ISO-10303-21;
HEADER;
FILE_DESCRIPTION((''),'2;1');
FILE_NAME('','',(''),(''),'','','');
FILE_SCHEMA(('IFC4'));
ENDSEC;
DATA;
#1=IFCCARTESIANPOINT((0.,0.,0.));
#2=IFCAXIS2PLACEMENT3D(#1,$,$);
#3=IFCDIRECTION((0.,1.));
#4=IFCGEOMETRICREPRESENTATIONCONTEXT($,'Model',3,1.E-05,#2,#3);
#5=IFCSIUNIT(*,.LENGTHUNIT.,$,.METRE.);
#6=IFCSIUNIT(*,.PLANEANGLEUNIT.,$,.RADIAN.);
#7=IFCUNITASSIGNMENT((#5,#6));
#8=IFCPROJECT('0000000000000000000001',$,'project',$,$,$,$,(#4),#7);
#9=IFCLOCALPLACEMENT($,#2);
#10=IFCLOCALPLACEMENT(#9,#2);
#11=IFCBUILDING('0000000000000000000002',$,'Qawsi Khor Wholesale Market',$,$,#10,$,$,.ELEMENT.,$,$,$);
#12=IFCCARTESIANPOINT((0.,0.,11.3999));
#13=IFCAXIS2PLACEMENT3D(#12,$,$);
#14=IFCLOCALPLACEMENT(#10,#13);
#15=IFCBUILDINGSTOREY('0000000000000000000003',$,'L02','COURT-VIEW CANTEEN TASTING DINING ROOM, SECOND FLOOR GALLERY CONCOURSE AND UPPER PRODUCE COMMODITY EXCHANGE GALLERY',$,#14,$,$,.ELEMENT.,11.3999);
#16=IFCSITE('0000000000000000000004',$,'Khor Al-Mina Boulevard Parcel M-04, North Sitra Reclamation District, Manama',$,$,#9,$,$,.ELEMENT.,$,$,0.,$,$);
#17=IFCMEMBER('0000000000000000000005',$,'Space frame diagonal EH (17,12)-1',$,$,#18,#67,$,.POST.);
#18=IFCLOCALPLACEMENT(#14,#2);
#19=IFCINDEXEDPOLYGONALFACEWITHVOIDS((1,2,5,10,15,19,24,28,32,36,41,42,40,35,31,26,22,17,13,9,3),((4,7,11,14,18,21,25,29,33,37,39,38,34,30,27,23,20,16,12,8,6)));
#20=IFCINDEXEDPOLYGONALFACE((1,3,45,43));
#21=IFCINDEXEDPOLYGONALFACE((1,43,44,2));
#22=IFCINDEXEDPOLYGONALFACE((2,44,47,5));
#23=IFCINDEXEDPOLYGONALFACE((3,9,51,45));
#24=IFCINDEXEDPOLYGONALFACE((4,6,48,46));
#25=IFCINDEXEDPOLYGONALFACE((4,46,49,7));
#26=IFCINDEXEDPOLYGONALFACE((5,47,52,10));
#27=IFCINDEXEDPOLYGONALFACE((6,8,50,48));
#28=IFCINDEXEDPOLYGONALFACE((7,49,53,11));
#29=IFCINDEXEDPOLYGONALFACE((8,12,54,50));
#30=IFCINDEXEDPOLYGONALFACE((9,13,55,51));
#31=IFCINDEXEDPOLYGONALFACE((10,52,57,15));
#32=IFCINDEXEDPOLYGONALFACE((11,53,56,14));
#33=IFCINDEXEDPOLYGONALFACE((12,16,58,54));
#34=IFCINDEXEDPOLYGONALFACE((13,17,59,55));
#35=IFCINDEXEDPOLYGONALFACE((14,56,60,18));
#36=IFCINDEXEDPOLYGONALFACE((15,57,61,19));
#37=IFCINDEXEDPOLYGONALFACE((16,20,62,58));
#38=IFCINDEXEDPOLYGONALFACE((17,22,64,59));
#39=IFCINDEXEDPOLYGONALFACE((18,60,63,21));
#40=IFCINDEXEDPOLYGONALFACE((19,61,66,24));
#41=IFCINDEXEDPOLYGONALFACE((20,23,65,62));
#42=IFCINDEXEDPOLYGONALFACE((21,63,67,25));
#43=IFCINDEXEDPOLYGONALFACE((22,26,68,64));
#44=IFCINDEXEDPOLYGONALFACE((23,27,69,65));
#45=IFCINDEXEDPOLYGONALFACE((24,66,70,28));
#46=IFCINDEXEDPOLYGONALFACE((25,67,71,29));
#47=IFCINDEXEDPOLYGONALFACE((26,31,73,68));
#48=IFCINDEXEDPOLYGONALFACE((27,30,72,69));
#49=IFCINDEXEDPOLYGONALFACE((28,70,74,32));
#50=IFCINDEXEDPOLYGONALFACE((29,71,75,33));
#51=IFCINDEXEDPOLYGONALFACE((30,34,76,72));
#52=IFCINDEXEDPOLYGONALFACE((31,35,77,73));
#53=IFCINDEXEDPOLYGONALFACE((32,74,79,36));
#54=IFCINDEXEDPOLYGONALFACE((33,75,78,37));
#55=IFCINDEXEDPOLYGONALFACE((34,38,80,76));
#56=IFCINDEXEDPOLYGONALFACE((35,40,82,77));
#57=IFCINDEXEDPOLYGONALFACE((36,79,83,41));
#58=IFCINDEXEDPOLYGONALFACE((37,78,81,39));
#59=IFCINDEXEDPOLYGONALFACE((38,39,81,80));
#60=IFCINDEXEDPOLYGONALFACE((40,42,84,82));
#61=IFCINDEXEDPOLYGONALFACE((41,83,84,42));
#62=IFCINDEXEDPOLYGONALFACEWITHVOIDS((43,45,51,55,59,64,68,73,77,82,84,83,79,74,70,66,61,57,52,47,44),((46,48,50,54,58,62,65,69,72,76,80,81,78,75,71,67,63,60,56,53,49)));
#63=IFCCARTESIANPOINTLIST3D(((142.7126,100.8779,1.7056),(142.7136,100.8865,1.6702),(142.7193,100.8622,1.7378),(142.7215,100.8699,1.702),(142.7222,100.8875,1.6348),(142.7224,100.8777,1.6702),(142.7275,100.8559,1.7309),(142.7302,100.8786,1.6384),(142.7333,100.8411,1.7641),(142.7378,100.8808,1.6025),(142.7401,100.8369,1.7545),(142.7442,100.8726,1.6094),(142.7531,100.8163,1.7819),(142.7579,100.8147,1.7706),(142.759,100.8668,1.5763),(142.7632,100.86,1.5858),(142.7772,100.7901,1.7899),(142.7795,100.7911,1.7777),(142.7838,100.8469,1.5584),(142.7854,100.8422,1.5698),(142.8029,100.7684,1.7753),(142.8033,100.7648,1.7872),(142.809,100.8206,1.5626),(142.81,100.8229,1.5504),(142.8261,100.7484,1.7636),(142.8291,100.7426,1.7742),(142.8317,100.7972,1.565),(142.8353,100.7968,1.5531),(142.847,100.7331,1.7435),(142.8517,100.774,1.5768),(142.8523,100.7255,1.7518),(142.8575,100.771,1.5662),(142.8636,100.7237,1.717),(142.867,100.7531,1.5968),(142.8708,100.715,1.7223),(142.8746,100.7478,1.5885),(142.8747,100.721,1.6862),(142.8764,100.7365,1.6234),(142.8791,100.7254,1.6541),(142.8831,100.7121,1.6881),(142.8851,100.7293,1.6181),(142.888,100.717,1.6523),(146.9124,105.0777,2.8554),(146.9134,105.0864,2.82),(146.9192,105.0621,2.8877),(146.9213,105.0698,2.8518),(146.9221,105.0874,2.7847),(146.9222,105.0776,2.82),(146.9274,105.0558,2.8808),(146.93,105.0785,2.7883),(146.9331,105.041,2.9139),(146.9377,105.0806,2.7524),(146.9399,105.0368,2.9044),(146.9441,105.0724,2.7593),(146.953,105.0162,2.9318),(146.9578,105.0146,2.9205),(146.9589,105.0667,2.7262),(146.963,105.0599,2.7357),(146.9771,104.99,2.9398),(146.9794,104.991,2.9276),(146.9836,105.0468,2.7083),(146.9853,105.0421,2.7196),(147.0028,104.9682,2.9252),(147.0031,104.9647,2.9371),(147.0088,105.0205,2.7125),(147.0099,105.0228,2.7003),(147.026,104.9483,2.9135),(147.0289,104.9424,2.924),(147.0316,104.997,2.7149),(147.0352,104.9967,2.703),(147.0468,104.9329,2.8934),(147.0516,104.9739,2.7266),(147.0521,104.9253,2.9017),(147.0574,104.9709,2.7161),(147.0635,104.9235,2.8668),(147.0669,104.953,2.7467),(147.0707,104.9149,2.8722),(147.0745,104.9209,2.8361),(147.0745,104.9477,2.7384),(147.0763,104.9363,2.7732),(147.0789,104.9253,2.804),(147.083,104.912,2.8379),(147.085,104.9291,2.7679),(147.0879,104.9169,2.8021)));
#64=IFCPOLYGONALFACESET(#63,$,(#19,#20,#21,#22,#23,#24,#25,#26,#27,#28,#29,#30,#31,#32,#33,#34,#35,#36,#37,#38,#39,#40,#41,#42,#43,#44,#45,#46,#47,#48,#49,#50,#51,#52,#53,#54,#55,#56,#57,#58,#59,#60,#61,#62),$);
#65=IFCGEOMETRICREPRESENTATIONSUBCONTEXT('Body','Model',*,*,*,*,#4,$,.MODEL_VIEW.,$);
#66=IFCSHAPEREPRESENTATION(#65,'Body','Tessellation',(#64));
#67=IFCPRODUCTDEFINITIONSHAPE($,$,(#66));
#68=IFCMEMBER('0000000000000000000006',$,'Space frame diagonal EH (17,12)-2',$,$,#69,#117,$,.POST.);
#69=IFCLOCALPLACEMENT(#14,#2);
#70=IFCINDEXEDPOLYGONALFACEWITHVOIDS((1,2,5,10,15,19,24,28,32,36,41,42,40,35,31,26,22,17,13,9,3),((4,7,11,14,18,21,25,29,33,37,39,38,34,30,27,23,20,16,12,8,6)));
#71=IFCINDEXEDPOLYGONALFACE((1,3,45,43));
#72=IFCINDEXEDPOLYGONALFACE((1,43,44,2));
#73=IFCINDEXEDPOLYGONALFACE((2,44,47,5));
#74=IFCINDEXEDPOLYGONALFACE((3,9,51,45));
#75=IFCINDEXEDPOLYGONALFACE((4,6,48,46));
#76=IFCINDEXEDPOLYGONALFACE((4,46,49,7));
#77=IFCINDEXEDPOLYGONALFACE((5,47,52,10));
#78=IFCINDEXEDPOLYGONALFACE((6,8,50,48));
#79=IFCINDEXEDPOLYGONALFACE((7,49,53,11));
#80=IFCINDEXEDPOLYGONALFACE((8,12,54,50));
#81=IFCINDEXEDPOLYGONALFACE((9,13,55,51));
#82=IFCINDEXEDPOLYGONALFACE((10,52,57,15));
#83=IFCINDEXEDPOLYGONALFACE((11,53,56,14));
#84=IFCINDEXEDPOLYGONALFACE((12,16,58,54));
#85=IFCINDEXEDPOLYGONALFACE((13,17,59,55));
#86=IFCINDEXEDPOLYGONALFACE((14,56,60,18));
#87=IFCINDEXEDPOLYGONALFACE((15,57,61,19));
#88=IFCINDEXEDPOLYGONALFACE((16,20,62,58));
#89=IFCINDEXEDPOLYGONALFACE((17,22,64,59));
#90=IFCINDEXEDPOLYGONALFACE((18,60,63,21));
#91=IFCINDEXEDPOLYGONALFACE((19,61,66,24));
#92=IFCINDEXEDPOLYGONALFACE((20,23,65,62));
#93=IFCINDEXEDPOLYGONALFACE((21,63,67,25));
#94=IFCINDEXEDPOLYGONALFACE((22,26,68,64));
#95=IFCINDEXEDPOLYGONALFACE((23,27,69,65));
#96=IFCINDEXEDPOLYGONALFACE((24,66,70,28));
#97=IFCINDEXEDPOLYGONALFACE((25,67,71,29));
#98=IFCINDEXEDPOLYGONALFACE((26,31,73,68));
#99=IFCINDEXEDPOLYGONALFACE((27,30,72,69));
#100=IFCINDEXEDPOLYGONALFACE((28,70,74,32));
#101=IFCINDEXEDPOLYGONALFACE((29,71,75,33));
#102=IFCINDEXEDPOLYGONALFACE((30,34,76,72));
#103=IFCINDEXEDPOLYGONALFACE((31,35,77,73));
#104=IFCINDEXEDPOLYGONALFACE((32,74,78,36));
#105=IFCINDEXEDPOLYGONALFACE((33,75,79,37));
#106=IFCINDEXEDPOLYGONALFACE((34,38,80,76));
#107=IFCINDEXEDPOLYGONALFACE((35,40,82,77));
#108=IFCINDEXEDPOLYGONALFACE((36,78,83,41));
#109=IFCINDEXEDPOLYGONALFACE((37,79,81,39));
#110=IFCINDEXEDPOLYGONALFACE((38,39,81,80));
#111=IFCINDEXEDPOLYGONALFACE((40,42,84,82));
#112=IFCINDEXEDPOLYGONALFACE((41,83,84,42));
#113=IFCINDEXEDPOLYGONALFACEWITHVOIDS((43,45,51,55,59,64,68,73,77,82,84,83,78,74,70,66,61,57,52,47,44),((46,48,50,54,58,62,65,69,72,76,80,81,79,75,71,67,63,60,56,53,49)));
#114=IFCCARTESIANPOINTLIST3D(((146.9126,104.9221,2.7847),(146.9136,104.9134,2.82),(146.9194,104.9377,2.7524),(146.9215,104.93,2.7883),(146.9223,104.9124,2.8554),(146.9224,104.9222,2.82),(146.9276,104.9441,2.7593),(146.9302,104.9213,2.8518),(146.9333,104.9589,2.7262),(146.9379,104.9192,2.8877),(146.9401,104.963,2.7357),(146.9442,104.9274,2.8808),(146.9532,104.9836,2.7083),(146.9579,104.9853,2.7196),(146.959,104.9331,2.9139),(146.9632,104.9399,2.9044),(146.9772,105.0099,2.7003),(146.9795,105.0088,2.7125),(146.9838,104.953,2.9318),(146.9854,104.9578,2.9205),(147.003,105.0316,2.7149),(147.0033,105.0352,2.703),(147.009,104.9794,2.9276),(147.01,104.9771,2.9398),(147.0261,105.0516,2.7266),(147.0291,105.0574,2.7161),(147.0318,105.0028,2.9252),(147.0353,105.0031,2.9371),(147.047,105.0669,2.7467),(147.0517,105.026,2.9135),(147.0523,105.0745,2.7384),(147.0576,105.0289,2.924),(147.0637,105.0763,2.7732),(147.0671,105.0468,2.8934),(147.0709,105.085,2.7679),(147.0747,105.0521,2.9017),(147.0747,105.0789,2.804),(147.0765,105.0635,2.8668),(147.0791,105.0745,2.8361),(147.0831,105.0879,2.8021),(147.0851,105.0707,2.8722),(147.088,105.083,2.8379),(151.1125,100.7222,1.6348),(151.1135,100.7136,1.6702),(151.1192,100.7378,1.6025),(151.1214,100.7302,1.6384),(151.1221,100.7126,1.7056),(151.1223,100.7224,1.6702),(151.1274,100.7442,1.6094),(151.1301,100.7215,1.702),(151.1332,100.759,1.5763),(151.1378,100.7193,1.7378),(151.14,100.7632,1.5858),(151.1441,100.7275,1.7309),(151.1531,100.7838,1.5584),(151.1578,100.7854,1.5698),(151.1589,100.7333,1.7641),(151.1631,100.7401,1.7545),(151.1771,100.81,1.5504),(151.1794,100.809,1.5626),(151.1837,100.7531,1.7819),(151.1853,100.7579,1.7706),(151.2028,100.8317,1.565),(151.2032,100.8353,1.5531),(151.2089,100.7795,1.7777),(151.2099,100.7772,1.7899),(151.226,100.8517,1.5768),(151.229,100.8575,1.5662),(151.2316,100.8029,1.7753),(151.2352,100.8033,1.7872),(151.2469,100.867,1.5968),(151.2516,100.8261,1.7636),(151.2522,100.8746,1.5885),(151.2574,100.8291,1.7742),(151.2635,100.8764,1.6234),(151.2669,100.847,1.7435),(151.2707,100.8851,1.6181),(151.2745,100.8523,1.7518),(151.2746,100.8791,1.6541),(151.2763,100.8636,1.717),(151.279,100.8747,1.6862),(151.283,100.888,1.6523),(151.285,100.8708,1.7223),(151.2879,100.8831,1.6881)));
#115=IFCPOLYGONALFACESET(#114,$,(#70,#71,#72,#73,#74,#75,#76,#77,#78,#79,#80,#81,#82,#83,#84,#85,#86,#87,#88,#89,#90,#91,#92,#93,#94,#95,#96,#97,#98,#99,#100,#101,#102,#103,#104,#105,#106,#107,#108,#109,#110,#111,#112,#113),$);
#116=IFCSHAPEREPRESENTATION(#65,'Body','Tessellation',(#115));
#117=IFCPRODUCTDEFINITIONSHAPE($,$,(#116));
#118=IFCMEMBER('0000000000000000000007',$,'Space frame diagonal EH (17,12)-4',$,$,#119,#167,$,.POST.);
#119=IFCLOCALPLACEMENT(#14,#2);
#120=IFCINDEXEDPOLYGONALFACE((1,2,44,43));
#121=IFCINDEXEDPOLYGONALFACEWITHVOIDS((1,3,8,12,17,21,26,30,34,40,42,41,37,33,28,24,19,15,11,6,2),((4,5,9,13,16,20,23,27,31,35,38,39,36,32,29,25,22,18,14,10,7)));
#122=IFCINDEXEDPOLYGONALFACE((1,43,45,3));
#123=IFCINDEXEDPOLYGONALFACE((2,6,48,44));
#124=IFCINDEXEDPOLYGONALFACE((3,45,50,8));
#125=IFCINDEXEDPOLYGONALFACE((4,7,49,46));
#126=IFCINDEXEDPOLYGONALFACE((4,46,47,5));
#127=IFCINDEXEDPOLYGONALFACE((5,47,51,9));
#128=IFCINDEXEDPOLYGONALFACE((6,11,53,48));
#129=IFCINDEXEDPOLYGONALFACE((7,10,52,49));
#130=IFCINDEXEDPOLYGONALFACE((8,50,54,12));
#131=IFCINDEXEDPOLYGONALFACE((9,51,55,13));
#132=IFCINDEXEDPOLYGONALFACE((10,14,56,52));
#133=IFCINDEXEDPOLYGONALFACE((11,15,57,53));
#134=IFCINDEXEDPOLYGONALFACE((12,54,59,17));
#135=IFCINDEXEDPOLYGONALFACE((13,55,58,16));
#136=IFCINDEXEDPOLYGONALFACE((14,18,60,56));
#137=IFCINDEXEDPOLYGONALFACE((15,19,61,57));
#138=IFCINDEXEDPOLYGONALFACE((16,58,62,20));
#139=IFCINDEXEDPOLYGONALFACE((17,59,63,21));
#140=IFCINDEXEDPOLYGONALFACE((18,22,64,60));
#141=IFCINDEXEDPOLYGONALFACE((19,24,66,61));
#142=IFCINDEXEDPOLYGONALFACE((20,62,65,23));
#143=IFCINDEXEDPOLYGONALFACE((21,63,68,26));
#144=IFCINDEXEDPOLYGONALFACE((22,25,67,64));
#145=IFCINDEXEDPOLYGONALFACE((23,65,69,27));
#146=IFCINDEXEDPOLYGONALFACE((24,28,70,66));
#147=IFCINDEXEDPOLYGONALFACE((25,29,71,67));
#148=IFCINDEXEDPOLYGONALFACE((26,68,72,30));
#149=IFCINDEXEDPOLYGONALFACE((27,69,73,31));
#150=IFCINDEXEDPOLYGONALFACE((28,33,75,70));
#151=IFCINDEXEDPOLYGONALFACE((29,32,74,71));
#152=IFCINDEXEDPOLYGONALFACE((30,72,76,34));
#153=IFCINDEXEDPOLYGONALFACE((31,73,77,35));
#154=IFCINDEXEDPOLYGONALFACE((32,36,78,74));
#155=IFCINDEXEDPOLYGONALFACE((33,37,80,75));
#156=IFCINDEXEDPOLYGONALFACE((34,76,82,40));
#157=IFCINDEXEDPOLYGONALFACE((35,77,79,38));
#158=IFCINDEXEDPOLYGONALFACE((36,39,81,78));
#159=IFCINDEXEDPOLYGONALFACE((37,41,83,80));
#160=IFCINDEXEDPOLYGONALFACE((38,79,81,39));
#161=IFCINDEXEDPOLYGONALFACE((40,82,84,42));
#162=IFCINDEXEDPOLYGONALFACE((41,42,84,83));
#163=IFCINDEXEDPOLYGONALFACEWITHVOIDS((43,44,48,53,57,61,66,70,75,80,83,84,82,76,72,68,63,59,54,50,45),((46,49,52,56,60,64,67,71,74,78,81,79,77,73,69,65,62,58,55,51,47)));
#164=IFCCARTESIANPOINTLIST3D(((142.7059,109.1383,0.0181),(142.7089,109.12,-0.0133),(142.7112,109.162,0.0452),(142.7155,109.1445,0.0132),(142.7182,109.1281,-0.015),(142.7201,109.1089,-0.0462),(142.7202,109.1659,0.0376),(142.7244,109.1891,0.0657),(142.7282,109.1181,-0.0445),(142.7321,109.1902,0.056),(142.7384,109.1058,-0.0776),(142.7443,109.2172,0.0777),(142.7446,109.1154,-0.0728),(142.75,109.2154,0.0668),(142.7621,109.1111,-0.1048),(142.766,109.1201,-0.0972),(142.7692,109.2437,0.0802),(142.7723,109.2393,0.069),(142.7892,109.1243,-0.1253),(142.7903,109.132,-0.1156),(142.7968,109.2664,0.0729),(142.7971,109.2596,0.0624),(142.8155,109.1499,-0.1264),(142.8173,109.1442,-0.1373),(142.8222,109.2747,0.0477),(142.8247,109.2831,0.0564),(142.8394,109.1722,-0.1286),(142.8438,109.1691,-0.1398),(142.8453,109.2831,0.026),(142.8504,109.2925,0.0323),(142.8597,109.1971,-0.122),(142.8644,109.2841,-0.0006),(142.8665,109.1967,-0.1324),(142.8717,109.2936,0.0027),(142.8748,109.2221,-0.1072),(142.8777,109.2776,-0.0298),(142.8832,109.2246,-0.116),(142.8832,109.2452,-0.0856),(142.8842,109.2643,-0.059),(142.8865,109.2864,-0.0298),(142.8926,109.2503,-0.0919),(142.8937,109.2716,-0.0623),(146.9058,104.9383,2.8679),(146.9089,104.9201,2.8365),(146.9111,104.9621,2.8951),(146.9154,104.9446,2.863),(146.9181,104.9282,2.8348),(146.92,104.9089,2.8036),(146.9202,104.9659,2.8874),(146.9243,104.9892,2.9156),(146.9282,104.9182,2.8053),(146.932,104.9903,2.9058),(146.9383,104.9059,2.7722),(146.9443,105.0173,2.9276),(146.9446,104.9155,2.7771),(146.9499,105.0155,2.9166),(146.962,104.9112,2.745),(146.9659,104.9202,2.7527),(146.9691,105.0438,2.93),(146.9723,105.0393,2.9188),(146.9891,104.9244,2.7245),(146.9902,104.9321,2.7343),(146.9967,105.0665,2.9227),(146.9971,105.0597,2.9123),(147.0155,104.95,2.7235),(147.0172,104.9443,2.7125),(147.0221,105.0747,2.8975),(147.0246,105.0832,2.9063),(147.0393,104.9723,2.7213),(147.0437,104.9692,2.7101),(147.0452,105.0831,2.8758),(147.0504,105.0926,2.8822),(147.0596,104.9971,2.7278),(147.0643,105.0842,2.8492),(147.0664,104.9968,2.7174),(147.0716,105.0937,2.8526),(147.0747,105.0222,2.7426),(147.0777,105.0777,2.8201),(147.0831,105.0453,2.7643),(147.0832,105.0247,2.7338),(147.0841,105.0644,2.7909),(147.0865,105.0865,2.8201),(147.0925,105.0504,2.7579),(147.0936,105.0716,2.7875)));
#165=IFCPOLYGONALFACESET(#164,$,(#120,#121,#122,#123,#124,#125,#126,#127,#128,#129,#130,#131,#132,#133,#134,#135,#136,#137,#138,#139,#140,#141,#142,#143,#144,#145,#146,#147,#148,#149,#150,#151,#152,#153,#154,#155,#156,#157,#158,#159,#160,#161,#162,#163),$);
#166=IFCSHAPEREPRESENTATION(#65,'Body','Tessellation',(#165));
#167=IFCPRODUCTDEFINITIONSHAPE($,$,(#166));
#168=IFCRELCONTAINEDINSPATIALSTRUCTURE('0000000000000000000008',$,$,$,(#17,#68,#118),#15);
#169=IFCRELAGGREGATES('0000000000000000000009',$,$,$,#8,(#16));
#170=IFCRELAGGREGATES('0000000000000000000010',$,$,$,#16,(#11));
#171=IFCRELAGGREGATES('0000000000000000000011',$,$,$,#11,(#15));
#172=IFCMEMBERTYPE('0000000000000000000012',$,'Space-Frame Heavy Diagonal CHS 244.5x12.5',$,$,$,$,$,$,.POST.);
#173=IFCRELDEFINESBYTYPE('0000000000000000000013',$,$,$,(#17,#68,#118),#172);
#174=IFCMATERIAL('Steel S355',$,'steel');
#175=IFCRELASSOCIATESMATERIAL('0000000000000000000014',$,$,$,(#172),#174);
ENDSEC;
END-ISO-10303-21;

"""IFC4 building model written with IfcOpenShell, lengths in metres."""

from ifc_helpers import new_model, si_unit, direction, frame, origin, origin_2d, place, context, subcontext, project, spatial, hollow_circle, extrude, material, material_profile, profile_set, type_object, element, save


model = new_model("IFC4")

# Units and contexts
model_context = context("Model", 3, precision=1e-05, world=origin(), true_north=direction((0.0, 1.0)))
body_context = subcontext(model_context, "Body", "Model", "MODEL_VIEW")
ifc_project = project(units=[si_unit("LENGTHUNIT", "METRE"), si_unit("PLANEANGLEUNIT", "RADIAN")], contexts=[model_context])

# Site, building, storey
site_placement = place(None, origin())
site = spatial("IfcSite", under=ifc_project, at=site_placement, Name="Khor Al-Mina Boulevard Parcel M-04, North Sitra Reclamation District, Manama", CompositionType="ELEMENT", RefElevation=0.0)
building_placement = place(site_placement, origin())
building = spatial("IfcBuilding", under=site, at=building_placement, Name="Qawsi Khor Wholesale Market", CompositionType="ELEMENT")
storey_placement = place(building_placement, frame((0.0, 0.0, 11.3999)))
storey = spatial("IfcBuildingStorey", under=building, at=storey_placement, Name="L02", Description="COURT-VIEW CANTEEN TASTING DINING ROOM, SECOND FLOOR GALLERY CONCOURSE AND UPPER PRODUCE COMMODITY EXCHANGE GALLERY", CompositionType="ELEMENT", Elevation=11.3999)

# Shared definitions
ifc_material_1 = material(Name="Steel S355", Category="steel")

# Members
ifc_material_profile_1 = material_profile(ifc_material_1, hollow_circle(Radius=0.1223, WallThickness=0.0125, at=origin_2d()), Name="CHS 244.5x12.5")
ifc_profile_set_1 = profile_set([ifc_material_profile_1], Name="Steel S355")
member_type_1 = type_object("IfcMemberType", Name="Space-Frame Heavy Diagonal CHS 244.5x12.5", PredefinedType="POST", material=ifc_profile_set_1)
for number, where, z_axis, x_axis, name in (
    (1, (142.8, 100.8, 1.6702), (0.694217, 0.694217, 0.190069), (-0.707107, 0.707107, 0.0), "Space frame diagonal EH (17,12)-1"),
    (2, (151.2, 100.8, 1.6702), (-0.694217, 0.694217, 0.190069), (-0.707107, -0.707107, 0.0), "Space frame diagonal EH (17,12)-2"),
):
    element("IfcMember", number, at=place(storey_placement, frame(where, z_axis=z_axis, x_axis=x_axis)), inside=storey, type_object=member_type_1, Name=name, PredefinedType="POST", context=body_context, shape_type="SweptSolid", body=[
        extrude(hollow_circle(Radius=0.1223, WallThickness=0.0125, at=origin_2d()), origin(), (0.0, 0.0, 1.0), 6.0498),
    ])
member_1_placement = place(storey_placement, frame((142.8, 109.2, -0.0298), z_axis=(0.637522, -0.637522, 0.432587), x_axis=(0.707107, 0.707107, 0.0)))
element("IfcMember", 3, at=member_1_placement, inside=storey, type_object=member_type_1, Name="Space frame diagonal EH (17,12)-4", PredefinedType="POST", context=body_context, shape_type="SweptSolid", body=[
    extrude(hollow_circle(Radius=0.1223, WallThickness=0.0125, at=origin_2d()), origin(), (0.0, 0.0, 1.0), 6.5879),
])

save(model, "model.ifc")
